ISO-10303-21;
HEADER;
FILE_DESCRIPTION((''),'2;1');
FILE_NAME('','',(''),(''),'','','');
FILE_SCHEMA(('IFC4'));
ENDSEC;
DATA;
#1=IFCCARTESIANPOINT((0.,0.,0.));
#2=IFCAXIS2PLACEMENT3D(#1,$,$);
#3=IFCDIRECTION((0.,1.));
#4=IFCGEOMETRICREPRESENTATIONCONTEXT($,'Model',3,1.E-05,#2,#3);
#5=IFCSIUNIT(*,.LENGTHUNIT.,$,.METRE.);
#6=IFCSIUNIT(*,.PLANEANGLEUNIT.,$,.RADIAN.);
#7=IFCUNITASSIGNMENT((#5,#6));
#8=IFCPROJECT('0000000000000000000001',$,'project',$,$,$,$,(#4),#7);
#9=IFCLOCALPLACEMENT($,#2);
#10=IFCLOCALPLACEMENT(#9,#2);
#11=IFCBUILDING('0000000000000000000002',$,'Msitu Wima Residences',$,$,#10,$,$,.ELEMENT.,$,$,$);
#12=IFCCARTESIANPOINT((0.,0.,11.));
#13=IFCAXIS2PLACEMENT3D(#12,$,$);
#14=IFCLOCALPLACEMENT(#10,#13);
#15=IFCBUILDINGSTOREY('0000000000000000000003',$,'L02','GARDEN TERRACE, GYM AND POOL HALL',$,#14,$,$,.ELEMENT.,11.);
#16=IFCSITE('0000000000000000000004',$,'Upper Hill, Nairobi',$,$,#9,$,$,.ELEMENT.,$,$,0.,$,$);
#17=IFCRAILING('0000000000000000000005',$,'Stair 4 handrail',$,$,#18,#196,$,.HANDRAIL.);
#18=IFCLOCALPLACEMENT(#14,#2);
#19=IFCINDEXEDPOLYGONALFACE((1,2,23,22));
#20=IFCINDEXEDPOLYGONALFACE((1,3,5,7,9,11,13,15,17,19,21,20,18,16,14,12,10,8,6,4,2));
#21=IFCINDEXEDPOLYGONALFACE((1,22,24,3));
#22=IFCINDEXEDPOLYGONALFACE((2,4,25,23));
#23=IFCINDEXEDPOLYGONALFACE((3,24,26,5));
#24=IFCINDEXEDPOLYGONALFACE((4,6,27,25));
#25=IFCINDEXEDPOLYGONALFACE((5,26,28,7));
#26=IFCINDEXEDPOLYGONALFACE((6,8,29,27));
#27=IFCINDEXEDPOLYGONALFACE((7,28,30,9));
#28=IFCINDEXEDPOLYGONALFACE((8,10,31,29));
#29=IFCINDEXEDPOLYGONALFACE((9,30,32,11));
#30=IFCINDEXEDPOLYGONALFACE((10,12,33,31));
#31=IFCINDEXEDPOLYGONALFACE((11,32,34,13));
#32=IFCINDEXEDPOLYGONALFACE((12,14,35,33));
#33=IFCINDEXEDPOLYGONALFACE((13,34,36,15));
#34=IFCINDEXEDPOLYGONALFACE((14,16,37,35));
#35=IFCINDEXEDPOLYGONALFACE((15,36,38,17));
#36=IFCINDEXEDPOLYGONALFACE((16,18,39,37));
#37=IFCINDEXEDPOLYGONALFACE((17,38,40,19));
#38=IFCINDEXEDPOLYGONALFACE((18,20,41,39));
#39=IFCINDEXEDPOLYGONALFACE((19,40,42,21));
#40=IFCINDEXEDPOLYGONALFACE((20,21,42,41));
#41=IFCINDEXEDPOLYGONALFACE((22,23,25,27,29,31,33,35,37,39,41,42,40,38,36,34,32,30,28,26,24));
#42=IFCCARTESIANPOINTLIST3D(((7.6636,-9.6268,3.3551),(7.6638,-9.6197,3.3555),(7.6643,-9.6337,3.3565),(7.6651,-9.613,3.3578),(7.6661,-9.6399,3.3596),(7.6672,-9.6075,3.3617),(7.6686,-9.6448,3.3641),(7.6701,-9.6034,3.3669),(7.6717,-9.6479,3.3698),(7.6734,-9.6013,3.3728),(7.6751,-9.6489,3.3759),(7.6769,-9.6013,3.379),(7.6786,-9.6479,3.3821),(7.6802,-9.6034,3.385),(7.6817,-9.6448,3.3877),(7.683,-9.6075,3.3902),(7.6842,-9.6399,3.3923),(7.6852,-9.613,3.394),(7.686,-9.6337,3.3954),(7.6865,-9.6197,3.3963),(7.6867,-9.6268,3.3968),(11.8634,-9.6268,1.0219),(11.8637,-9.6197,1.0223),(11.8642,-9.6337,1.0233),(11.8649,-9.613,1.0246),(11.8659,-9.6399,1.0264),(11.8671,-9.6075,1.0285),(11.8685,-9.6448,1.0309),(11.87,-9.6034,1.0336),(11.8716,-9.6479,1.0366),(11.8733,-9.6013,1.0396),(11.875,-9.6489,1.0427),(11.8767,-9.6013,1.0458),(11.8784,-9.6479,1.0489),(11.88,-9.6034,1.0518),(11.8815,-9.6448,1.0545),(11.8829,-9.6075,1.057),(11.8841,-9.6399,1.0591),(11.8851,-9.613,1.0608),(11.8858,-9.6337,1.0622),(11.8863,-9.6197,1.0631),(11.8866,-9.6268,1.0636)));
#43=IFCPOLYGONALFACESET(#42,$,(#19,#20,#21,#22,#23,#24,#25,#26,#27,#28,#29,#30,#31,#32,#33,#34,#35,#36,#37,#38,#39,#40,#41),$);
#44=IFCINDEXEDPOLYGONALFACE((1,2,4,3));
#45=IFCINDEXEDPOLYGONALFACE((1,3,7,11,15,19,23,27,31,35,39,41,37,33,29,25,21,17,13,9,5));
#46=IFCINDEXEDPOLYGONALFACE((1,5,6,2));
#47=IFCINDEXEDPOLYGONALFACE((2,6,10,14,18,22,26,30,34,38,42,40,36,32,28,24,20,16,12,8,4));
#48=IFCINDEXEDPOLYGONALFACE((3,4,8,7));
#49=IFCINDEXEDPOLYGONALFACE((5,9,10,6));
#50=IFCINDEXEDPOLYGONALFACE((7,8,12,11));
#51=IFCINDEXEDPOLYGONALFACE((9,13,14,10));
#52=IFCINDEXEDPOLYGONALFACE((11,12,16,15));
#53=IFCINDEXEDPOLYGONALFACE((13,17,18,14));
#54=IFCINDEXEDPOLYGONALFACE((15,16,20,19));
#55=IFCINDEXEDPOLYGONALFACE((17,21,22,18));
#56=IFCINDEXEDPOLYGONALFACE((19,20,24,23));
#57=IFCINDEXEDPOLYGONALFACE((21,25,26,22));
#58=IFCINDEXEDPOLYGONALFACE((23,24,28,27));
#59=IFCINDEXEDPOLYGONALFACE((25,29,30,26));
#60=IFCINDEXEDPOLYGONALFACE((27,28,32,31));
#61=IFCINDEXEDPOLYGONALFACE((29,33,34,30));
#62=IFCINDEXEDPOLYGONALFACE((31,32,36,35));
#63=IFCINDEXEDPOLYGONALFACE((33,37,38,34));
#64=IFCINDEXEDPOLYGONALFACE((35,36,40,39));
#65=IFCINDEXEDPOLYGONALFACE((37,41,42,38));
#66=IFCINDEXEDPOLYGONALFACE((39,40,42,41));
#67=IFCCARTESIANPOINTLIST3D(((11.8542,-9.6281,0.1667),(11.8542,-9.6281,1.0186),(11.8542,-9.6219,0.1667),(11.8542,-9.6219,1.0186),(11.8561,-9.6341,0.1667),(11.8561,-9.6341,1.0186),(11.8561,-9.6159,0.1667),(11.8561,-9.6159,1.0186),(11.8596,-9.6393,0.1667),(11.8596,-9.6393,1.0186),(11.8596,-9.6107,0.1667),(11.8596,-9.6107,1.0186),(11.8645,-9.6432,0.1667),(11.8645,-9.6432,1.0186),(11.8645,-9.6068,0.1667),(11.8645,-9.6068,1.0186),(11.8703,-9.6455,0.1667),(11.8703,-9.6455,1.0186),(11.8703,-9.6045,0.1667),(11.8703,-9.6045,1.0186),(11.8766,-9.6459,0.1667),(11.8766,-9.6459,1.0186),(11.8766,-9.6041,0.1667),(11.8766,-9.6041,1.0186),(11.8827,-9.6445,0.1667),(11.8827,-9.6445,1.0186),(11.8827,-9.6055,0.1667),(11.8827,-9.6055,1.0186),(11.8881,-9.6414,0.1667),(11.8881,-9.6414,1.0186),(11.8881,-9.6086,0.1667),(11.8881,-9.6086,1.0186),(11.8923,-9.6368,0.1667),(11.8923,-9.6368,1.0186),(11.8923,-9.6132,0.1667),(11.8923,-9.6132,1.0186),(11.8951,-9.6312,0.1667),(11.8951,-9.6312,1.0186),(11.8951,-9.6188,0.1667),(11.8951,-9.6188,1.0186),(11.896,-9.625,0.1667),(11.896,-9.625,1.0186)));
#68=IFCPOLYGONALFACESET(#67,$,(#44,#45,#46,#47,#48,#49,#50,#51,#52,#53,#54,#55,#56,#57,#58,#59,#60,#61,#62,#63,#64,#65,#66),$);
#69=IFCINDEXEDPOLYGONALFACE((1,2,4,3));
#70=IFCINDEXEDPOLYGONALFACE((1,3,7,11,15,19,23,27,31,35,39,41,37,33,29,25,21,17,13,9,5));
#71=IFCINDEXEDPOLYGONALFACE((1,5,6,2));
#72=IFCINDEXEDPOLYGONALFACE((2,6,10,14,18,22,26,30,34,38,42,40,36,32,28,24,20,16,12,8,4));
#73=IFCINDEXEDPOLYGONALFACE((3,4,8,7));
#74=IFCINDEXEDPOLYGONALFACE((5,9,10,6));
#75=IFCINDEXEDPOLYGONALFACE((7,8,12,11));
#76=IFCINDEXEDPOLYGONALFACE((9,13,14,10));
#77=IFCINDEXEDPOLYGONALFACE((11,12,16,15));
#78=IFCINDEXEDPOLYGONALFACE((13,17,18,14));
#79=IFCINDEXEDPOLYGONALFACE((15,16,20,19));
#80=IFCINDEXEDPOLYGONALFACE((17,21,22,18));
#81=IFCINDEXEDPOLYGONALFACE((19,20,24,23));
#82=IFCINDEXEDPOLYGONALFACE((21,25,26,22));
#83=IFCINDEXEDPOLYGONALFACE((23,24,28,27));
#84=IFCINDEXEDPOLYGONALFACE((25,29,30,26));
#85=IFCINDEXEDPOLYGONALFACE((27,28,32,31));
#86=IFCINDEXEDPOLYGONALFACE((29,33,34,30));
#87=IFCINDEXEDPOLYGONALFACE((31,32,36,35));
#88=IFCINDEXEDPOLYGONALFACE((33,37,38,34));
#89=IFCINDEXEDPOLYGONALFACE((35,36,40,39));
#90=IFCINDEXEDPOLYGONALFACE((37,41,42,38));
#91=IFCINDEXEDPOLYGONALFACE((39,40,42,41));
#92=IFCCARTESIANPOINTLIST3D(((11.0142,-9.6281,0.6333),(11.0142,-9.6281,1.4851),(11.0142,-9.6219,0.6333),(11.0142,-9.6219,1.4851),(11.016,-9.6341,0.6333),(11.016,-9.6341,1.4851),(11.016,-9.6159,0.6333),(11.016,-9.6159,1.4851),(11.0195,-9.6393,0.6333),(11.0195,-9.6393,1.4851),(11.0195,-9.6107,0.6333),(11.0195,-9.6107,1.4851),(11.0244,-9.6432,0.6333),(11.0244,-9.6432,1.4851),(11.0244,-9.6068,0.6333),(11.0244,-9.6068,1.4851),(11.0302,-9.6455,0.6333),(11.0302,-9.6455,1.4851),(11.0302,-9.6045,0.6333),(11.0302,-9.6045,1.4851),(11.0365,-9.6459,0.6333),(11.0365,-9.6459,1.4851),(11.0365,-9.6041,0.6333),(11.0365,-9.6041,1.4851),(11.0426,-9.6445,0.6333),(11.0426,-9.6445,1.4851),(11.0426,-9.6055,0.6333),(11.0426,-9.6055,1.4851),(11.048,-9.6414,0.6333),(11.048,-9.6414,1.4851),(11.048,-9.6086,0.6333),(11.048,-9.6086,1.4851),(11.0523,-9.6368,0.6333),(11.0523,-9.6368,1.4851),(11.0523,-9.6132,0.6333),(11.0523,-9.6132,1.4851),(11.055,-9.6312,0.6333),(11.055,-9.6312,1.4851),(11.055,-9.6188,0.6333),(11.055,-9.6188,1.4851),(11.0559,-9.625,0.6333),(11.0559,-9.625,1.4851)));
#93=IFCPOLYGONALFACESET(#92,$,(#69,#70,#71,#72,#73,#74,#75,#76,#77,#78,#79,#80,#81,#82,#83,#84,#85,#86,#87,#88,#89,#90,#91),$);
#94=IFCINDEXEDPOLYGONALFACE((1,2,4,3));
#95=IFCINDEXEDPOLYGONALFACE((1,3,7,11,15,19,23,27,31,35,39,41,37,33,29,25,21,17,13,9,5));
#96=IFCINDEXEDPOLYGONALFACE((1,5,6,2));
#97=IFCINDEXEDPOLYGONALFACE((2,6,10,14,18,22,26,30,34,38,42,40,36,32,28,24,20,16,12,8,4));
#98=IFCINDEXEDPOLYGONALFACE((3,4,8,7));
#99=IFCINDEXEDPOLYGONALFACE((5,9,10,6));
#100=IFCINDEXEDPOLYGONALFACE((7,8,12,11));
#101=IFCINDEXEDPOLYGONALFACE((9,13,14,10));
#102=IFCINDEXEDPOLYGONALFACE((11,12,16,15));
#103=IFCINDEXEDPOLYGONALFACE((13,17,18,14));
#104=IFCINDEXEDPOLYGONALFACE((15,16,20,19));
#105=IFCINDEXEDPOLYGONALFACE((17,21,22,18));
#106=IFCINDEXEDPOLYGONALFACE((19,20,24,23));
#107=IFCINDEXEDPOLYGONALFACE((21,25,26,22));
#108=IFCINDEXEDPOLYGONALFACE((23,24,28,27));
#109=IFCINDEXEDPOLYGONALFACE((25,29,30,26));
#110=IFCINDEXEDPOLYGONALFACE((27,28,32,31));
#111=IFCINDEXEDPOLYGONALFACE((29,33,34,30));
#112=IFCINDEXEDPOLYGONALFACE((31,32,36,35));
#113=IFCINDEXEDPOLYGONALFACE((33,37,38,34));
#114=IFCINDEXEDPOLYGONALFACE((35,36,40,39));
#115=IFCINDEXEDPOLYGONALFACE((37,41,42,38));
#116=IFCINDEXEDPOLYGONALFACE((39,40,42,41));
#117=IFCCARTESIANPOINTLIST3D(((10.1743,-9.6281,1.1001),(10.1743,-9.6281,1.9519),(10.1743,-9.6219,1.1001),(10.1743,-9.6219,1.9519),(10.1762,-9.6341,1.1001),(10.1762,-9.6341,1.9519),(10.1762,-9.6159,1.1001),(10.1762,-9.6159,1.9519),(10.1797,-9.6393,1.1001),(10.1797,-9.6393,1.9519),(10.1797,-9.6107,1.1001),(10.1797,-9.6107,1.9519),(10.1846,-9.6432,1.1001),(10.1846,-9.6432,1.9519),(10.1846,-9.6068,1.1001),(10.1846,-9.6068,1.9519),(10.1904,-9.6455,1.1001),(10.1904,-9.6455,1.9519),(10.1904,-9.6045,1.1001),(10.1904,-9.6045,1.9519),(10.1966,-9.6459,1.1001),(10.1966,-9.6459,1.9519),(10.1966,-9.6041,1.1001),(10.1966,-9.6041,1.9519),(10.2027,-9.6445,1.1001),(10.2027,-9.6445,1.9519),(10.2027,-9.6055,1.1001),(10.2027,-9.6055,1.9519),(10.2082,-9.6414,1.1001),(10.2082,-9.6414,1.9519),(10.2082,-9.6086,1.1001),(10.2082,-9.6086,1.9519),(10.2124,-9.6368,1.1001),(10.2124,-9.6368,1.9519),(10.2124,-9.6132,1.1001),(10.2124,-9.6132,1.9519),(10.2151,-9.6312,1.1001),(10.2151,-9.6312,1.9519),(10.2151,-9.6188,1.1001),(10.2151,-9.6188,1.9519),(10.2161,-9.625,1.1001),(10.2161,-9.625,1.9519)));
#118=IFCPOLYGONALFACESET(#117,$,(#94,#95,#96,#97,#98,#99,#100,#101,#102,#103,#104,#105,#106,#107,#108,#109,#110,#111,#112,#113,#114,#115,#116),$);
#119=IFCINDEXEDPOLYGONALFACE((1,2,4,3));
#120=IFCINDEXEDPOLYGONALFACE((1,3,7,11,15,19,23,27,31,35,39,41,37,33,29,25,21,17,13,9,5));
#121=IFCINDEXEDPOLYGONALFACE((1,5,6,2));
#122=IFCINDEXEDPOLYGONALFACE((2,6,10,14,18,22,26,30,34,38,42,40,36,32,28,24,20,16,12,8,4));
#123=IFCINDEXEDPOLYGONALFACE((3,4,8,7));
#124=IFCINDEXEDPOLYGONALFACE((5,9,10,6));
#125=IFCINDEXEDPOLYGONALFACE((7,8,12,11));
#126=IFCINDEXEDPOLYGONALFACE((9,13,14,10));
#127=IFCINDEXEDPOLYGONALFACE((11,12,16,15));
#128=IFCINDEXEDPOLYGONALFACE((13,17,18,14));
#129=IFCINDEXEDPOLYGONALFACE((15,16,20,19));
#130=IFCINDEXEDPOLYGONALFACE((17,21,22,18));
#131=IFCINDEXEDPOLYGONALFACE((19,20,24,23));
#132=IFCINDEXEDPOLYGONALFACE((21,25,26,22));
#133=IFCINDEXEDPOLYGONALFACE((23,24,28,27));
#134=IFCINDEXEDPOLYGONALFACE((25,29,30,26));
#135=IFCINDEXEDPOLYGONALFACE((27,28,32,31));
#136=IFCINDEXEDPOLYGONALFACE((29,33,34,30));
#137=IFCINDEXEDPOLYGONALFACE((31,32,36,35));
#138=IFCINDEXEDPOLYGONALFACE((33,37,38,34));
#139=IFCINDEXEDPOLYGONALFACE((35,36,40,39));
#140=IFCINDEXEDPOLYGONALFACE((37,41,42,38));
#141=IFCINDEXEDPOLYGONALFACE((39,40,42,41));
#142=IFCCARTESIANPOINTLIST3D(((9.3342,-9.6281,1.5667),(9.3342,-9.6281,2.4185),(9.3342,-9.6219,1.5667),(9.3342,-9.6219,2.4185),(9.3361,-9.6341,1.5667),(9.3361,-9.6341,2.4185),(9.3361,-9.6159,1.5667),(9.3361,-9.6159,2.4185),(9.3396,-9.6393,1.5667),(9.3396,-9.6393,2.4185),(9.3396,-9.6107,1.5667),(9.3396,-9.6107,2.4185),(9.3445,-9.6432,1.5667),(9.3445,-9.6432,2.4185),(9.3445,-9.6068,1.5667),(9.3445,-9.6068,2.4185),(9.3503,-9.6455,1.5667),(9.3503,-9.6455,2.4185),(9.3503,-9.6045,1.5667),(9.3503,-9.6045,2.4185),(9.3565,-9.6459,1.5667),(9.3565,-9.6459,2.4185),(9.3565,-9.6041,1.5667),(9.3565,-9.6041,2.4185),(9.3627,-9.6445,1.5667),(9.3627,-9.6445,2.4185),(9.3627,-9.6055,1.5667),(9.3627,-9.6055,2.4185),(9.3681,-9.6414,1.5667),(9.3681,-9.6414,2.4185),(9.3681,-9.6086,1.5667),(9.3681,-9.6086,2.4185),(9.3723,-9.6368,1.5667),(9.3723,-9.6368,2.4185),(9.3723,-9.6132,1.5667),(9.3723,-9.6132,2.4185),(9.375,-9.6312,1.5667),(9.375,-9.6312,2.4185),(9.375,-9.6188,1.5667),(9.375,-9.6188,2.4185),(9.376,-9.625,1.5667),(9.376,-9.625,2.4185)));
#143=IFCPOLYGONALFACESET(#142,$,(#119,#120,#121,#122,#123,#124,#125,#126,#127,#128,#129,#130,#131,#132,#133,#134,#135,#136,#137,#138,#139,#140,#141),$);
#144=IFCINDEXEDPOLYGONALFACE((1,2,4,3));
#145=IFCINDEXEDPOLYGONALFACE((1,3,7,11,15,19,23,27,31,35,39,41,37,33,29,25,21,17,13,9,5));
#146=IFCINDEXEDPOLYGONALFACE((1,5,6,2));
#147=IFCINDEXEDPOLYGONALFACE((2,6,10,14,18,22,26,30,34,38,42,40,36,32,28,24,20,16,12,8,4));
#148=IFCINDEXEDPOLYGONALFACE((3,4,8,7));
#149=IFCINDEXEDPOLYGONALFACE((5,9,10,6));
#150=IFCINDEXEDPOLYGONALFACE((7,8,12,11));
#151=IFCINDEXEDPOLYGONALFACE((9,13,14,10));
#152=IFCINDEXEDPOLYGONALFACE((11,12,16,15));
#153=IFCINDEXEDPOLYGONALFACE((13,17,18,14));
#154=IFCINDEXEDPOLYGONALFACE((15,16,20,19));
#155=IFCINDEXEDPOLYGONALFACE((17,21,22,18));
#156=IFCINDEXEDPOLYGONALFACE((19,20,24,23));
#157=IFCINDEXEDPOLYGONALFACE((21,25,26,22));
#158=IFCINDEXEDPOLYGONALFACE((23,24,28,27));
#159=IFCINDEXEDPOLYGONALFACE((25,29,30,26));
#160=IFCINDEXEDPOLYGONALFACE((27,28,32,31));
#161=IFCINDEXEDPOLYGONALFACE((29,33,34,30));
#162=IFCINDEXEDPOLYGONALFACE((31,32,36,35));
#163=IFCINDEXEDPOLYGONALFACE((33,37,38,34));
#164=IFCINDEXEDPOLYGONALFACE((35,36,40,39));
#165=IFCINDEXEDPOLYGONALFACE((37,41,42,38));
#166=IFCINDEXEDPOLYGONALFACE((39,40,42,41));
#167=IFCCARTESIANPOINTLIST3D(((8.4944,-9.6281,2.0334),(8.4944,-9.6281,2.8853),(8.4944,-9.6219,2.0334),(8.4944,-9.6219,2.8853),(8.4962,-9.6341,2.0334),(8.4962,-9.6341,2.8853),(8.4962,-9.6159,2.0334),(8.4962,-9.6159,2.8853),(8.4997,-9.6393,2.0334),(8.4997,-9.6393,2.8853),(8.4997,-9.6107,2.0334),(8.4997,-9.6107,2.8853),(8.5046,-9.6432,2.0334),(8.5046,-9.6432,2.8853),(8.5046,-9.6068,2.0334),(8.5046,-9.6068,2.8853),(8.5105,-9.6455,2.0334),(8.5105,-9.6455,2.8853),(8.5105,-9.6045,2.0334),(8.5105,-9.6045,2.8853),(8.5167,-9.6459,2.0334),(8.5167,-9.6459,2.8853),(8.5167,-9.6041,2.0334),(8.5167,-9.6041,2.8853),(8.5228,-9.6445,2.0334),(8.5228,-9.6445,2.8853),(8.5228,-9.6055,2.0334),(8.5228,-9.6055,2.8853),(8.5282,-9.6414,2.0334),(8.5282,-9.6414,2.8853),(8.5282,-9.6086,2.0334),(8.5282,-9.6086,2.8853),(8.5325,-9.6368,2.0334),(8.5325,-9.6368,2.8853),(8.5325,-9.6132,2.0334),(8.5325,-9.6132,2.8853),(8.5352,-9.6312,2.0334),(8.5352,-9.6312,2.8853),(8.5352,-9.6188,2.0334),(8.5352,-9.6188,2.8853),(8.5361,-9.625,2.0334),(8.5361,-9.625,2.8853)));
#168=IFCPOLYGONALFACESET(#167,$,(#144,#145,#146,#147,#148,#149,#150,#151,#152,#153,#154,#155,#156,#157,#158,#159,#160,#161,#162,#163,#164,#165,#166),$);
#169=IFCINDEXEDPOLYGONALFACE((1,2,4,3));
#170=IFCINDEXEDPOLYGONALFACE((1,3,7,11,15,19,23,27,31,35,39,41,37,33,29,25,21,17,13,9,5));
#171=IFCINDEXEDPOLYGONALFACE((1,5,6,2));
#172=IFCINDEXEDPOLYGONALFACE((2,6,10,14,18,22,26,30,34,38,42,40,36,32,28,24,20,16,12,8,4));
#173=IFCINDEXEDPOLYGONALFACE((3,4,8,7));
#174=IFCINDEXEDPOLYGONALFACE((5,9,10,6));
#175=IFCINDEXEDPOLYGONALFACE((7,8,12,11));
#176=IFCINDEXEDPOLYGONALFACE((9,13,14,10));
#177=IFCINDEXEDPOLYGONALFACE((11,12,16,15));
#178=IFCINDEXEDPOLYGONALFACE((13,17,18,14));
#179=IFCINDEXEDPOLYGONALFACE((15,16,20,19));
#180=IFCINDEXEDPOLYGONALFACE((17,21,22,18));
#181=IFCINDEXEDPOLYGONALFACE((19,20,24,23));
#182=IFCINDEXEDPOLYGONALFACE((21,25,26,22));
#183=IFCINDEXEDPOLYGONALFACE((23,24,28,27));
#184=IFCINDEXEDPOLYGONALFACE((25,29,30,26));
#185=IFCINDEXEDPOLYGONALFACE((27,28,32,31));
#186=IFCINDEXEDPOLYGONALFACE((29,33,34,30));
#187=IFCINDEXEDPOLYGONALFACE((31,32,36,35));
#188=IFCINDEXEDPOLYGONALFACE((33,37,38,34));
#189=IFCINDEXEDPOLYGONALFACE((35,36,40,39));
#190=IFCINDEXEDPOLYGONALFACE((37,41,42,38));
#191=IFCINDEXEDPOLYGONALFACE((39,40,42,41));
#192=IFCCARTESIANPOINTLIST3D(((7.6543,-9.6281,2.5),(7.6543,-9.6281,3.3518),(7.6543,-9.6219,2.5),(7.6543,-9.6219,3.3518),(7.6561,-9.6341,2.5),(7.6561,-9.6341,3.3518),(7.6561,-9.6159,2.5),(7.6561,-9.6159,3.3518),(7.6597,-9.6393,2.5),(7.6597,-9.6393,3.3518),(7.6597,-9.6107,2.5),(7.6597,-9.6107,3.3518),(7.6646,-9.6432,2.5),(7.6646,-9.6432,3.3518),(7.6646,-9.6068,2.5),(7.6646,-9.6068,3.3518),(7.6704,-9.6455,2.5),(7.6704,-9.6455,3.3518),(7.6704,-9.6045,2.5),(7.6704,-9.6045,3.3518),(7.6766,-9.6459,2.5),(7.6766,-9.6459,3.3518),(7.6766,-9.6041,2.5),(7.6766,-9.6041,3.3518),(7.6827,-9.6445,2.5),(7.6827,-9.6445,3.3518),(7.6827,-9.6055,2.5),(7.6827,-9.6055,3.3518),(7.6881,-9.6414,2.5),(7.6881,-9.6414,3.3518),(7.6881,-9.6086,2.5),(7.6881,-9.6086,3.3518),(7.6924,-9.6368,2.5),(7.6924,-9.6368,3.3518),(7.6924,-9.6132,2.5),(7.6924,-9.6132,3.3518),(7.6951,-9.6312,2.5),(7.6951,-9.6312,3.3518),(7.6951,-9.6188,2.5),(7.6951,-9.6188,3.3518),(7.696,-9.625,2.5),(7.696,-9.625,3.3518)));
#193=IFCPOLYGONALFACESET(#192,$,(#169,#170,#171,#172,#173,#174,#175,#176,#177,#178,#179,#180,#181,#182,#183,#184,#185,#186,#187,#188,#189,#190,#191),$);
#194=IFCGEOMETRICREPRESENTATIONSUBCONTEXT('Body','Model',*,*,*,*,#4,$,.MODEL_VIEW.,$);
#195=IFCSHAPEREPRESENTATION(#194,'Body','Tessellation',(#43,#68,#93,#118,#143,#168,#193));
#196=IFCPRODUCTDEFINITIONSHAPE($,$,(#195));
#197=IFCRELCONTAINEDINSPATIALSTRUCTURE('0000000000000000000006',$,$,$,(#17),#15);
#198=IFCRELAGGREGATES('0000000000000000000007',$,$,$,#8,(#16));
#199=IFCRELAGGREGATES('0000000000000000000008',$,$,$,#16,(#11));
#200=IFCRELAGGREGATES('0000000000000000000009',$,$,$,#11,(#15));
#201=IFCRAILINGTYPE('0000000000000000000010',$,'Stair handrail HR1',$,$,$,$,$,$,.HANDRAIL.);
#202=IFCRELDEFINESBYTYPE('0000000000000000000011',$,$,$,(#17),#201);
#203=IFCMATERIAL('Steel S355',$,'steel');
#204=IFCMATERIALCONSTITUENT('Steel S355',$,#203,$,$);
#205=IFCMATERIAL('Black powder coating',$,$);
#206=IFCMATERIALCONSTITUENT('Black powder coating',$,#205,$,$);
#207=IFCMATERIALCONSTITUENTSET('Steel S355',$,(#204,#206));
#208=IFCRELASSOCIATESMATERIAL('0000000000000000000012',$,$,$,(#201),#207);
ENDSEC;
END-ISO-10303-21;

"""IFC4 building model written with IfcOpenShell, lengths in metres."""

from ifc_helpers import new_model, si_unit, direction, frame, origin, origin_2d, place, context, subcontext, project, spatial, circle, extrude, material, constituent, constituent_set, type_object, element, save


model = new_model("IFC4")

# Units and contexts
model_context = context("Model", 3, precision=1e-05, world=origin(), true_north=direction((0.0, 1.0)))
body_context = subcontext(model_context, "Body", "Model", "MODEL_VIEW")
ifc_project = project(units=[si_unit("LENGTHUNIT", "METRE"), si_unit("PLANEANGLEUNIT", "RADIAN")], contexts=[model_context])

# Site, building, storey
site_placement = place(None, origin())
site = spatial("IfcSite", under=ifc_project, at=site_placement, Name="Upper Hill, Nairobi", CompositionType="ELEMENT", RefElevation=0.0)
building_placement = place(site_placement, origin())
building = spatial("IfcBuilding", under=site, at=building_placement, Name="Msitu Wima Residences", CompositionType="ELEMENT")
storey_placement = place(building_placement, frame((0.0, 0.0, 11.0)))
storey = spatial("IfcBuildingStorey", under=building, at=storey_placement, Name="L02", Description="GARDEN TERRACE, GYM AND POOL HALL", CompositionType="ELEMENT", Elevation=11.0)

# Railing
ifc_material_1 = material(Name="Steel S355", Category="steel")
ifc_constituent_1 = constituent(ifc_material_1, Name="Steel S355")
ifc_material_2 = material(Name="Black powder coating")
ifc_constituent_2 = constituent(ifc_material_2, Name="Black powder coating")
ifc_constituent_set = constituent_set(constituents=[ifc_constituent_1, ifc_constituent_2], Name="Steel S355")
railing_type = type_object("IfcRailingType", Name="Stair handrail HR1", PredefinedType="HANDRAIL", material=ifc_constituent_set)
for number, where, name in (
    (1, (11.875, -9.625, 0.1667), "Stair 4 handrail"),
):
    element("IfcRailing", number, at=place(storey_placement, frame(where)), inside=storey, type_object=railing_type, Name=name, PredefinedType="HANDRAIL", context=body_context, shape_type="SweptSolid", body=[
        extrude(circle(Radius=0.0239, at=origin_2d()), frame((0.0, 0.0, 0.876), z_axis=(-0.874162, 0.0, 0.485634), x_axis=(0.0, -1.0, 0.0)), (0.0, 0.0, 1.0), 4.8044),
        extrude(circle(Radius=0.021, at=origin_2d()), origin(), (0.0, 0.0, 1.0), 0.8518),
        extrude(circle(Radius=0.021, at=origin_2d()), frame((-0.8401, 0.0, 0.4666)), (0.0, 0.0, 1.0), 0.8518),
        extrude(circle(Radius=0.021, at=origin_2d()), frame((-1.6799, 0.0, 0.9333)), (0.0, 0.0, 1.0), 0.8518),
        extrude(circle(Radius=0.021, at=origin_2d()), frame((-2.52, 0.0, 1.3999)), (0.0, 0.0, 1.0), 0.8518),
        extrude(circle(Radius=0.021, at=origin_2d()), frame((-3.3599, 0.0, 1.8667)), (0.0, 0.0, 1.0), 0.8518),
        extrude(circle(Radius=0.021, at=origin_2d()), frame((-4.2, 0.0, 2.3333)), (0.0, 0.0, 1.0), 0.8518),
    ])

save(model, "model.ifc")
